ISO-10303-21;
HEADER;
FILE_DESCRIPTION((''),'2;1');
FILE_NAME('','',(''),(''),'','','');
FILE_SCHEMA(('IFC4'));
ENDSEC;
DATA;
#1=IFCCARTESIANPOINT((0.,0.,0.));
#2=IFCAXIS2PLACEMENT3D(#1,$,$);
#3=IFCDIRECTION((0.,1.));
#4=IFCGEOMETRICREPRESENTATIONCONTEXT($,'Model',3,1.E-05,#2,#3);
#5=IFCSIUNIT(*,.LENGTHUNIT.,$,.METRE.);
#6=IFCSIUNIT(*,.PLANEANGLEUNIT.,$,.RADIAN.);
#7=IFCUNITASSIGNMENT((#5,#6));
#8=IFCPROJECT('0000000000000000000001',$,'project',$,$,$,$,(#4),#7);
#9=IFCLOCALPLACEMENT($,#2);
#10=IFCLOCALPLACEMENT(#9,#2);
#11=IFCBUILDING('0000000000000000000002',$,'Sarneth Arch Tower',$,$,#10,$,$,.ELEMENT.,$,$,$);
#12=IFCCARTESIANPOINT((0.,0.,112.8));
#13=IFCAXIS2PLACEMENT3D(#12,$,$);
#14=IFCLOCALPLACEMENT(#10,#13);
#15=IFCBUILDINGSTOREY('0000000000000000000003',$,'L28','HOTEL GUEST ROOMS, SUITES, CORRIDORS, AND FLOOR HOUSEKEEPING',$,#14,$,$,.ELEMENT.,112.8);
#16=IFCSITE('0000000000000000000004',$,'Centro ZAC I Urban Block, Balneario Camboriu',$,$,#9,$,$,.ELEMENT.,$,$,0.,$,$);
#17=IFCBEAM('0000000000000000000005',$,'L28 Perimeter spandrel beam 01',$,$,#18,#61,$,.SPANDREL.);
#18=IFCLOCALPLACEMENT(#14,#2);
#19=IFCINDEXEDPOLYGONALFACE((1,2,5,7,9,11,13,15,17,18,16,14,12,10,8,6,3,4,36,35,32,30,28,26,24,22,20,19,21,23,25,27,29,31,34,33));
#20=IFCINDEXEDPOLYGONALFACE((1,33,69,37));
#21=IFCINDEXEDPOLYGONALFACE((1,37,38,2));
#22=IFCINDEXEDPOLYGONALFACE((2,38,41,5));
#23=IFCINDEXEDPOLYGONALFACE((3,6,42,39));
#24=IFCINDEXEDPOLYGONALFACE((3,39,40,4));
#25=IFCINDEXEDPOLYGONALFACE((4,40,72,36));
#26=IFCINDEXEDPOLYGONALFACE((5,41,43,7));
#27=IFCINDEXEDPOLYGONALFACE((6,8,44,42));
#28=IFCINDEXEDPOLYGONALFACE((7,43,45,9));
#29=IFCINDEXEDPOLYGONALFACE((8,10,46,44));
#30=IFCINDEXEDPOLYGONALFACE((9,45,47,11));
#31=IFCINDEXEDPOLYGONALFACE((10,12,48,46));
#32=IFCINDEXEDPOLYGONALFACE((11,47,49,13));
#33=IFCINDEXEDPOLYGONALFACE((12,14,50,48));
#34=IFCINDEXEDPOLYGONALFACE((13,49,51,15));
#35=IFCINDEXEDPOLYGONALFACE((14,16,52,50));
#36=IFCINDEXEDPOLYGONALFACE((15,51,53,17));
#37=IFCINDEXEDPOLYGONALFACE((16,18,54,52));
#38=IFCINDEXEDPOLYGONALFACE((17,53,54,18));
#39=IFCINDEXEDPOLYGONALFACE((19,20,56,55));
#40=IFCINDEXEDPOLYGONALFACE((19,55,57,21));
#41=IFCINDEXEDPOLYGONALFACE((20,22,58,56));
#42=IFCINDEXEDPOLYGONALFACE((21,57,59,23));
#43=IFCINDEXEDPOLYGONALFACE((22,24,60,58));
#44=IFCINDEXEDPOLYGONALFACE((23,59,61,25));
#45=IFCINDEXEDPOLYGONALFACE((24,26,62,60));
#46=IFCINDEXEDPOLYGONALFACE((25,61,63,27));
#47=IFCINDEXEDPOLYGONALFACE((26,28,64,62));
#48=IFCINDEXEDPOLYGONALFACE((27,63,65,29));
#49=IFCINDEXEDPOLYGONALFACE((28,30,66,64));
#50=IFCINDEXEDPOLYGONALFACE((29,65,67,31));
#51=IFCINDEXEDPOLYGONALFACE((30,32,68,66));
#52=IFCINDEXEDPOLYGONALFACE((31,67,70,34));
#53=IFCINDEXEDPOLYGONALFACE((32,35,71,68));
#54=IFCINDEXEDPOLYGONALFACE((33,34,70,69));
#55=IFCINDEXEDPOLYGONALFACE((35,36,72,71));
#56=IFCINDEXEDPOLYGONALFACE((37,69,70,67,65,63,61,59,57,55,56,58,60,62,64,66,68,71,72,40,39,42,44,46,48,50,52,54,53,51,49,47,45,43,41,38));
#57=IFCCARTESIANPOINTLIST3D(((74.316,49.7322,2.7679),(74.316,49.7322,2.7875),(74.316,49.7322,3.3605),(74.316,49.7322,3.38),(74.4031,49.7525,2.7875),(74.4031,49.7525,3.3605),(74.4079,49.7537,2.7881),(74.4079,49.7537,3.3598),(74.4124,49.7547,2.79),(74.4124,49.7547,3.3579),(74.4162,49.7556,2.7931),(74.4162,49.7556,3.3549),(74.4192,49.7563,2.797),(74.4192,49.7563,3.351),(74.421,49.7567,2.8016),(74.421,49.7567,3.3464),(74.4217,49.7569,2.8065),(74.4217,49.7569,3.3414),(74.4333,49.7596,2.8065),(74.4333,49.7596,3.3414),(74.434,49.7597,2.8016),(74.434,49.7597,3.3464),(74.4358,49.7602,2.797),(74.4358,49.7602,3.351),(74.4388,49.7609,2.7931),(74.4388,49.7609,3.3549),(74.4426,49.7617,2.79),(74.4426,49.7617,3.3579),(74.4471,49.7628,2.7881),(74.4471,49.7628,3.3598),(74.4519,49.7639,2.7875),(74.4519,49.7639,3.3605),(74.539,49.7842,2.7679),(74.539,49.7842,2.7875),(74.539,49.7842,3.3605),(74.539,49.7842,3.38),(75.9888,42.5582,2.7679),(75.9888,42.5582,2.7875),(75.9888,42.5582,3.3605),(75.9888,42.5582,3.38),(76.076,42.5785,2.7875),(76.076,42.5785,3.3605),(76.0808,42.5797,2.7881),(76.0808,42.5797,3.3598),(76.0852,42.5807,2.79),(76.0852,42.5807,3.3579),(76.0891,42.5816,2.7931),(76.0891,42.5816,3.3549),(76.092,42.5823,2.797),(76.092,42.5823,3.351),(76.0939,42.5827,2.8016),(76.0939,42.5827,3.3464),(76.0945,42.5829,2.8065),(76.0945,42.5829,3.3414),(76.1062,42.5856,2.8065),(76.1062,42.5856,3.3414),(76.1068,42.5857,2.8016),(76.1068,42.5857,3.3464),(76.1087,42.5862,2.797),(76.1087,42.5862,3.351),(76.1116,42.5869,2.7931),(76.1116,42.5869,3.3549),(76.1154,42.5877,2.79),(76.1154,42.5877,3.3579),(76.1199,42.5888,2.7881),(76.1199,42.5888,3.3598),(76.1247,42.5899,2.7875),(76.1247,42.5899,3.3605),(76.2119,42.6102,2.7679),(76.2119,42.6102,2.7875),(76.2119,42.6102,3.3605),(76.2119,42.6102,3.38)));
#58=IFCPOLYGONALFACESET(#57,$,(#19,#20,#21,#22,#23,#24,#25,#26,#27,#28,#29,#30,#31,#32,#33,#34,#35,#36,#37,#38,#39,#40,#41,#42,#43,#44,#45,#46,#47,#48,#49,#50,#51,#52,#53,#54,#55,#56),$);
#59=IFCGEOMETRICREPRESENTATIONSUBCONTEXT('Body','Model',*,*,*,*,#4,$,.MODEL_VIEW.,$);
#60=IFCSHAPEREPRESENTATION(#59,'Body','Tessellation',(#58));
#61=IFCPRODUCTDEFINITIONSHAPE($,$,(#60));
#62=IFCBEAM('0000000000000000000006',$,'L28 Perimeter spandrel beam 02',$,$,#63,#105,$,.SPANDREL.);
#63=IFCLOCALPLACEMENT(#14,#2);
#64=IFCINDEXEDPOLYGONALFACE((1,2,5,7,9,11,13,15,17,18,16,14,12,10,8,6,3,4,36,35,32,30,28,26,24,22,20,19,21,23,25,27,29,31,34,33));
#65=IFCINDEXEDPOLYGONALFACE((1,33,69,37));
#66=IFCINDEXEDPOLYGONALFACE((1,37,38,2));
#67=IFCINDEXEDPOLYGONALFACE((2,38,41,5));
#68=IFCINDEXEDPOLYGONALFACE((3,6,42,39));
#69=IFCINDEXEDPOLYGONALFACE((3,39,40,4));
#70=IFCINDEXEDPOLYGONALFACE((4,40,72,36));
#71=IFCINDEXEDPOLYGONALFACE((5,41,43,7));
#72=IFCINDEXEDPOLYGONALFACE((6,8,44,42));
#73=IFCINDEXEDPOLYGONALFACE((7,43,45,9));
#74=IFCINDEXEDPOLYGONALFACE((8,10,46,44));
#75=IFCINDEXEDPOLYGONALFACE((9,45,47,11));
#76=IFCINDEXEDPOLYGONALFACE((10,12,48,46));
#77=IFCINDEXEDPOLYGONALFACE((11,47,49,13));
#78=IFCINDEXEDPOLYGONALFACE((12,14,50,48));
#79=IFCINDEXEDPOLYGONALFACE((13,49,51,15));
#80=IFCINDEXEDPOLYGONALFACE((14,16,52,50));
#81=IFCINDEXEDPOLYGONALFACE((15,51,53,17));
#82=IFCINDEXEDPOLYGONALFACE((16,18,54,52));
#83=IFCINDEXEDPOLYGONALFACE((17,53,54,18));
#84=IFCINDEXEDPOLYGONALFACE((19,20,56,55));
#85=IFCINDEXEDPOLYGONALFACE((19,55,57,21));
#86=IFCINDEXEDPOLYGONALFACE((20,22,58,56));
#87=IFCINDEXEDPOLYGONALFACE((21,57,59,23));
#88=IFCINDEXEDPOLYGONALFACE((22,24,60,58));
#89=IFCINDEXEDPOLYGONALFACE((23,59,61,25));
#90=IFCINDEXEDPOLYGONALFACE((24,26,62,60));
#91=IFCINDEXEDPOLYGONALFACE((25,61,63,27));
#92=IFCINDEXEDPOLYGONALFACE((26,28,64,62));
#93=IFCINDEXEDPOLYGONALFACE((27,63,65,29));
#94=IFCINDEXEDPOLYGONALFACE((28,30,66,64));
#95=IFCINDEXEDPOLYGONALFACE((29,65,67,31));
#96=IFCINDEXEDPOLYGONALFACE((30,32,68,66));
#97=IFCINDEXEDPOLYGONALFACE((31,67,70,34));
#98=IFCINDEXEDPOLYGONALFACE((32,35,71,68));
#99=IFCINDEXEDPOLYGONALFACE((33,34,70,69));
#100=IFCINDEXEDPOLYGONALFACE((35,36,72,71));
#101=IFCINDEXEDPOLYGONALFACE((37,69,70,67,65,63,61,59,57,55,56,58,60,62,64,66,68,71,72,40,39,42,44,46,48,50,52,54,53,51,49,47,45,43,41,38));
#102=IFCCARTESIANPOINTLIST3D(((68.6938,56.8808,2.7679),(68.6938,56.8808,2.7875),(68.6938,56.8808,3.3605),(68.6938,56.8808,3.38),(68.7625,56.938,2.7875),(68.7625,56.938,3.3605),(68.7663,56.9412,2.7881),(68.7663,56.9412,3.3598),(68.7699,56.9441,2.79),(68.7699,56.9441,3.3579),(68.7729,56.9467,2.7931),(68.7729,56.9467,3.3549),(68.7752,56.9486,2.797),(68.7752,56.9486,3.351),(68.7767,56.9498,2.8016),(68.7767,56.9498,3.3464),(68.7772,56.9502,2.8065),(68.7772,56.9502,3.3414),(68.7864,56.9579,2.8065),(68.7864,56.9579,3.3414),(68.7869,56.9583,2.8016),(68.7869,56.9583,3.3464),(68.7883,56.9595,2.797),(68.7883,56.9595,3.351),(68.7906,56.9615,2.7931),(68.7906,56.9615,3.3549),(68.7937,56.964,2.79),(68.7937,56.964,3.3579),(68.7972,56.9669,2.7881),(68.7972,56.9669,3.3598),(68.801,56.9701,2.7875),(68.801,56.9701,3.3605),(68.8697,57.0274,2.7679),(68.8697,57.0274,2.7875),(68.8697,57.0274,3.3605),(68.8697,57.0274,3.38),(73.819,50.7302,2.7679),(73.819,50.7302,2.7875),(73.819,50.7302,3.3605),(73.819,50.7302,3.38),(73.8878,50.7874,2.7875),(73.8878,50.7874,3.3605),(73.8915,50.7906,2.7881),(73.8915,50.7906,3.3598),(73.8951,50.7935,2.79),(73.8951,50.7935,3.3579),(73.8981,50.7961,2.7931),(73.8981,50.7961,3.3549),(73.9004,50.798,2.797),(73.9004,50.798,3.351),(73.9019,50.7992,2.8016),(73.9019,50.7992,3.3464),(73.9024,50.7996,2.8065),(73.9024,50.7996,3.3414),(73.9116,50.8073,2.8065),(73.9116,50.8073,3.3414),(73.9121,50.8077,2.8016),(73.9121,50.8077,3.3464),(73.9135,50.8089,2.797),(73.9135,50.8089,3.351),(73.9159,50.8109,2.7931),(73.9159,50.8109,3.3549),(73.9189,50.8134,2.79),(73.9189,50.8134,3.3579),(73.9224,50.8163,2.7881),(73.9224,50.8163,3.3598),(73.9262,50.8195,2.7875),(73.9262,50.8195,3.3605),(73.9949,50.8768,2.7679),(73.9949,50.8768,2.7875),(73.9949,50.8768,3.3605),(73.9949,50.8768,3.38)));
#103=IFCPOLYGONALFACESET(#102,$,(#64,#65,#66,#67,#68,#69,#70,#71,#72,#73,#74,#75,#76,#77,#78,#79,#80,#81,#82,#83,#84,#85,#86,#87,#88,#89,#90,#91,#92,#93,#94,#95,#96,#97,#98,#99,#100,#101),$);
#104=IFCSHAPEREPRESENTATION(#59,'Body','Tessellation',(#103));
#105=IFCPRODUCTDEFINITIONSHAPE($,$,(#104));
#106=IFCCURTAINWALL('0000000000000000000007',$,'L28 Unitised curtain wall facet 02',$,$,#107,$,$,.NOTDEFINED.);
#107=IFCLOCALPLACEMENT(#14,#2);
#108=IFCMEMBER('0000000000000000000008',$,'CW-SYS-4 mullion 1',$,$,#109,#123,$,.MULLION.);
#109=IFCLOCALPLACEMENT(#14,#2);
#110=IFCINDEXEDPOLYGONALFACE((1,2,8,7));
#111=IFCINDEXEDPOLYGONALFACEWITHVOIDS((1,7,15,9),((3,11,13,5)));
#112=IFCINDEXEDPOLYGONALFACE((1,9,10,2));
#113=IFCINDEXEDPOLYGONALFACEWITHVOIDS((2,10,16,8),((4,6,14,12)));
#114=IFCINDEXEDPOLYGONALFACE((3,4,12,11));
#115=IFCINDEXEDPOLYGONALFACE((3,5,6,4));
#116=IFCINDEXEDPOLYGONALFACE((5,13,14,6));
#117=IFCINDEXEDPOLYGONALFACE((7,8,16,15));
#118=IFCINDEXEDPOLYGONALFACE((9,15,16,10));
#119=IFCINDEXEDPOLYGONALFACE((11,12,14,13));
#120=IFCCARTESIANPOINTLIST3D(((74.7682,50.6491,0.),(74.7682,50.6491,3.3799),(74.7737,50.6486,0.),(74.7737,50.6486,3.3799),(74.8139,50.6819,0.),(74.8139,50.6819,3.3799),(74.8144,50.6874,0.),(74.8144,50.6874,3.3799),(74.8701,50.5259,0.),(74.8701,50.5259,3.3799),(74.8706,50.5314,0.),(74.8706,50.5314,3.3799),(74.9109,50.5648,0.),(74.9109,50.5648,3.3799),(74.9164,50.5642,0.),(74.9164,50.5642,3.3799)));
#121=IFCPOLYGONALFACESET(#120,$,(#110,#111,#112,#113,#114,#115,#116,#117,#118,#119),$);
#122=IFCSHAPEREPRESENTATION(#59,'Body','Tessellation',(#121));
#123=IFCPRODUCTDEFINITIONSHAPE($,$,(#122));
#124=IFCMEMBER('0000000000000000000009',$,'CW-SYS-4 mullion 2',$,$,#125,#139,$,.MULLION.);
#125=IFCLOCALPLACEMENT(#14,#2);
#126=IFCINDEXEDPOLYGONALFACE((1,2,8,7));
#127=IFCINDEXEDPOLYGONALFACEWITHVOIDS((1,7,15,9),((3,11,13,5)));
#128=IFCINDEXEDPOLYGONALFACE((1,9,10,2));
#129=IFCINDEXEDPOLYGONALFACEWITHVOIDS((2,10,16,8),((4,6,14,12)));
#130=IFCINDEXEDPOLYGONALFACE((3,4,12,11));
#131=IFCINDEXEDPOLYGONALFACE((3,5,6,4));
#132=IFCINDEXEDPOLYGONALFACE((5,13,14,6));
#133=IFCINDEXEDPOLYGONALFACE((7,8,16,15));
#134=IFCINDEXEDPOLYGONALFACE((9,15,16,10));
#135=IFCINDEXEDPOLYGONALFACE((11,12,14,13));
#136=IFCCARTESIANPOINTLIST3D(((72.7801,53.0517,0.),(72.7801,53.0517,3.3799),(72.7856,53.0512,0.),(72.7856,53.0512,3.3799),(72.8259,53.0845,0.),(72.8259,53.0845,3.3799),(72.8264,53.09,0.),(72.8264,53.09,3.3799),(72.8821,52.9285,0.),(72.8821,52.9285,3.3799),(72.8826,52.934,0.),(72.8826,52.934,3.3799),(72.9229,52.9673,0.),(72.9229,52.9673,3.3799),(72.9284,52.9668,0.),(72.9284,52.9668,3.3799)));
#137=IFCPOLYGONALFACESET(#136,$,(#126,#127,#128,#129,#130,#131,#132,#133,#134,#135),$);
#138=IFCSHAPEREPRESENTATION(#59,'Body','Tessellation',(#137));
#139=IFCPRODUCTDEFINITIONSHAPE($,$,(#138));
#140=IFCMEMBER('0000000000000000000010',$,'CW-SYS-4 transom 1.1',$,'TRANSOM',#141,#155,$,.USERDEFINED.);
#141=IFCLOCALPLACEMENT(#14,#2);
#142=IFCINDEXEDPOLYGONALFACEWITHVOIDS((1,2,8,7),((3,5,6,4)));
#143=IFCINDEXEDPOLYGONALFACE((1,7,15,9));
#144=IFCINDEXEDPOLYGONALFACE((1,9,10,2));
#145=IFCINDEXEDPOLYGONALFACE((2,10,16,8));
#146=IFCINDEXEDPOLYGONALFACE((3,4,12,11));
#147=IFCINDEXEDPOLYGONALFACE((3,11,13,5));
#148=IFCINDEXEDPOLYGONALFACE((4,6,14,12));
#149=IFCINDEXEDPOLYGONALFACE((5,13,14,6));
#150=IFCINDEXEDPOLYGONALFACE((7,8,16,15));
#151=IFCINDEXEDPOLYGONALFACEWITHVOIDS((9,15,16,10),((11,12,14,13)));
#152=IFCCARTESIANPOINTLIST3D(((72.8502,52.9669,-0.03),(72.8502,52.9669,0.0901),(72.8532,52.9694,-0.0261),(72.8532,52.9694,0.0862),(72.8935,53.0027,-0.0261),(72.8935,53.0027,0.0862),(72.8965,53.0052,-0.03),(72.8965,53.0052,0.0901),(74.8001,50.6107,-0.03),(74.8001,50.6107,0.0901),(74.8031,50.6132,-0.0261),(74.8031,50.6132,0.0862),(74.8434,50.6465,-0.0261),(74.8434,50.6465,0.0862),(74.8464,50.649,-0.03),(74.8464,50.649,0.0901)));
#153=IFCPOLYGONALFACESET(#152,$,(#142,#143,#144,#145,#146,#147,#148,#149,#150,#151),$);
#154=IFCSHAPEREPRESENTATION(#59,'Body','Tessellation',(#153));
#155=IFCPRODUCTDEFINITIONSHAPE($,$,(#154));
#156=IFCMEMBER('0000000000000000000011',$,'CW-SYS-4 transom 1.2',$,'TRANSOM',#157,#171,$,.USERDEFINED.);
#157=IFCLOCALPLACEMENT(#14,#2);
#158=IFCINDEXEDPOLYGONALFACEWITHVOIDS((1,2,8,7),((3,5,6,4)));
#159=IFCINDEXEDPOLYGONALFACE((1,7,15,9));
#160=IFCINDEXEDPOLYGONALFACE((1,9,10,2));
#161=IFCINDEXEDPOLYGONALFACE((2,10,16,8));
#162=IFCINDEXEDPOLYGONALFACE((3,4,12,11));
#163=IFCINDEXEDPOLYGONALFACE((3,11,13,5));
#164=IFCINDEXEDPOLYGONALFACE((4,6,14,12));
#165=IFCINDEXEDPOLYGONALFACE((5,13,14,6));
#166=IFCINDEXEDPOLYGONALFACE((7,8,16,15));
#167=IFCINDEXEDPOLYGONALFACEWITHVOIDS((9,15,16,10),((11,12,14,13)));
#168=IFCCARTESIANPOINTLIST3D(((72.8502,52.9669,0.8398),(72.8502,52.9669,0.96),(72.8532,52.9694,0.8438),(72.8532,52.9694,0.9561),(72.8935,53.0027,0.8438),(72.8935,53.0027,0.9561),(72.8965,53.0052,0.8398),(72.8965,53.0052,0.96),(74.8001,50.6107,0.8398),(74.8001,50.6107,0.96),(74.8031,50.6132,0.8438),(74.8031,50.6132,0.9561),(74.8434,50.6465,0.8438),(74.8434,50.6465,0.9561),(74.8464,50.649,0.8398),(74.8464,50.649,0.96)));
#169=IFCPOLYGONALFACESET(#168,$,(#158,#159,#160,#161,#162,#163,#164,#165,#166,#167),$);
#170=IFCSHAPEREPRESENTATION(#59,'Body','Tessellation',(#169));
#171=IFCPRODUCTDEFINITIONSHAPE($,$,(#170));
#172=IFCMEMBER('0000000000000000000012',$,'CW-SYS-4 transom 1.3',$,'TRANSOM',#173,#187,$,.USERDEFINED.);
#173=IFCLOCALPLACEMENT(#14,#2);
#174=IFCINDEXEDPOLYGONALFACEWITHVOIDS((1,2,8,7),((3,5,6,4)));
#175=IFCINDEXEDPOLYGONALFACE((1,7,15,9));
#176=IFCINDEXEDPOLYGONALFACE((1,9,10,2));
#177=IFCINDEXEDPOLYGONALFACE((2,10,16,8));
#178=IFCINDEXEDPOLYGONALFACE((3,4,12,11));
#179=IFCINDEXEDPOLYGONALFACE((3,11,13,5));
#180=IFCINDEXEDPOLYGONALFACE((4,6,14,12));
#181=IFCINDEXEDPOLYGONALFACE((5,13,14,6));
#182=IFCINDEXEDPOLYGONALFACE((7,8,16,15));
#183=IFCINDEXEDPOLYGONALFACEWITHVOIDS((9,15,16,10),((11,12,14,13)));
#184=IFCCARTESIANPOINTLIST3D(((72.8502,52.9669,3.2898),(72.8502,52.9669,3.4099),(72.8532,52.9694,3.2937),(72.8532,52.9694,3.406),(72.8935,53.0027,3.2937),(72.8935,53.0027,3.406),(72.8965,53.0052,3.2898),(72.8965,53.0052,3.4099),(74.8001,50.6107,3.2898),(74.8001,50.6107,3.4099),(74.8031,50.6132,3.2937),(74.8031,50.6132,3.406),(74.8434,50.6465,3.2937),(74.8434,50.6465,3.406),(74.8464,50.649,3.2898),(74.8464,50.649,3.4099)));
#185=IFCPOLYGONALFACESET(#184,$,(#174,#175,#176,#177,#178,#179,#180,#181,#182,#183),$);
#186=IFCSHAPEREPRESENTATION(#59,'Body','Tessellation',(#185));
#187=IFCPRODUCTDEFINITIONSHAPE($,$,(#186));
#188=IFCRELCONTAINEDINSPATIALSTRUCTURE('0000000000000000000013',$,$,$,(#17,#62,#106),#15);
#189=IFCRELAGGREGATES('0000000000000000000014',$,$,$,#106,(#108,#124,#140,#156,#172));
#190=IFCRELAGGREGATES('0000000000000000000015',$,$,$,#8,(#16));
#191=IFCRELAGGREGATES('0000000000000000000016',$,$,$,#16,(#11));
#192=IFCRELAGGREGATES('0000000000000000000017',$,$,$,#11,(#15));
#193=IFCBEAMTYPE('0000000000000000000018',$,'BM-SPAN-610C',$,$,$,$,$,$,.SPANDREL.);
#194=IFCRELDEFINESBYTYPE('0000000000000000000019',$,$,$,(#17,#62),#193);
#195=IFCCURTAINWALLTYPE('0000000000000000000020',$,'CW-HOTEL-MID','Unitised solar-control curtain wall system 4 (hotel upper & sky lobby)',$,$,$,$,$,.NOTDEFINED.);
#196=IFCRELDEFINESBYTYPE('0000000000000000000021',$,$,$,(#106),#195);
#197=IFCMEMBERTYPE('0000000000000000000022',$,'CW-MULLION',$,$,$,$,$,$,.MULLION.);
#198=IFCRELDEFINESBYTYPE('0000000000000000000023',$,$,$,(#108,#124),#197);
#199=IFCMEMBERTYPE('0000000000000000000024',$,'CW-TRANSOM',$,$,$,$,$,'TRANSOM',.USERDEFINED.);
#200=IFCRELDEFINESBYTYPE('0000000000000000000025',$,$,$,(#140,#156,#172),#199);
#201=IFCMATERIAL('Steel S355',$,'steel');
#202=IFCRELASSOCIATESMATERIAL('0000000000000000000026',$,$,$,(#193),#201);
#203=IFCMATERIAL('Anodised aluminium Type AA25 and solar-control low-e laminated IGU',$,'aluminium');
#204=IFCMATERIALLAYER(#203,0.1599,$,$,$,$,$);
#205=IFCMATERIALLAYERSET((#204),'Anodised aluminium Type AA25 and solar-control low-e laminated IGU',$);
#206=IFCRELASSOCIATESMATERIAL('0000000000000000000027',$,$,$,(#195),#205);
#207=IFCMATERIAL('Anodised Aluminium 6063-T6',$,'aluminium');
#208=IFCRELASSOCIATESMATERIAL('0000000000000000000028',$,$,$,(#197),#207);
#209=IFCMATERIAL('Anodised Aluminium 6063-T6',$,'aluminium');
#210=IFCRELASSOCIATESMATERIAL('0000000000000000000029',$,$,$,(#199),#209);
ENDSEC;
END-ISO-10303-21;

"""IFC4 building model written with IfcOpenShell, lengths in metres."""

from ifc_helpers import new_model, si_unit, direction, frame, origin, origin_2d, place, context, subcontext, project, spatial, hollow_rectangle, i_section, extrude, material, layer, layer_set, material_profile, profile_set, type_object, element, aggregate, save


model = new_model("IFC4")

# Units and contexts
model_context = context("Model", 3, precision=1e-05, world=origin(), true_north=direction((0.0, 1.0)))
body_context = subcontext(model_context, "Body", "Model", "MODEL_VIEW")
ifc_project = project(units=[si_unit("LENGTHUNIT", "METRE"), si_unit("PLANEANGLEUNIT", "RADIAN")], contexts=[model_context])

# Site, building, storey
site_placement = place(None, origin())
site = spatial("IfcSite", under=ifc_project, at=site_placement, Name="Centro ZAC I Urban Block, Balneario Camboriu", CompositionType="ELEMENT", RefElevation=0.0)
building_placement = place(site_placement, origin())
building = spatial("IfcBuilding", under=site, at=building_placement, Name="Sarneth Arch Tower", CompositionType="ELEMENT")
storey_placement = place(building_placement, frame((0.0, 0.0, 112.8)))
storey = spatial("IfcBuildingStorey", under=building, at=storey_placement, Name="L28", Description="HOTEL GUEST ROOMS, SUITES, CORRIDORS, AND FLOOR HOUSEKEEPING", CompositionType="ELEMENT", Elevation=112.8)

# Beams
ifc_material_1 = material(Name="Steel S355", Category="steel")
ifc_material_profile_1 = material_profile(ifc_material_1, i_section(OverallWidth=0.229, OverallDepth=0.6121, WebThickness=0.012, FlangeThickness=0.0195, FilletRadius=0.019, at=origin_2d()), Name="W610x125")
ifc_profile_set_1 = profile_set([ifc_material_profile_1], Name="Steel S355")
beam_type = type_object("IfcBeamType", Name="BM-SPAN-610C", PredefinedType="SPANDREL", material=ifc_profile_set_1)
beam_1_placement = place(storey_placement, frame((76.1003, 42.5842, 3.074), z_axis=(-0.227088, 0.973874, 0.0), x_axis=(-0.973874, -0.227088, 0.0)))
element("IfcBeam", 1, at=beam_1_placement, inside=storey, type_object=beam_type, Name="L28 Perimeter spandrel beam 01", PredefinedType="SPANDREL", context=body_context, shape_type="SweptSolid", body=[
    extrude(i_section(OverallWidth=0.229, OverallDepth=0.6121, WebThickness=0.012, FlangeThickness=0.0195, FilletRadius=0.019, at=origin_2d()), origin(), (0.0, 0.0, 1.0), 7.3665),
])
beam_2_placement = place(storey_placement, frame((73.907, 50.8035, 3.074), z_axis=(-0.640163, 0.768239, 0.0), x_axis=(-0.768239, -0.640163, 0.0)))
element("IfcBeam", 2, at=beam_2_placement, inside=storey, type_object=beam_type, Name="L28 Perimeter spandrel beam 02", PredefinedType="SPANDREL", context=body_context, shape_type="SweptSolid", body=[
    extrude(i_section(OverallWidth=0.229, OverallDepth=0.6121, WebThickness=0.012, FlangeThickness=0.0195, FilletRadius=0.019, at=origin_2d()), origin(), (0.0, 0.0, 1.0), 8.0061),
])

# Curtain wall, members
ifc_material_2 = material(Name="Anodised aluminium Type AA25 and solar-control low-e laminated IGU", Category="aluminium")
ifc_layer_1 = layer(ifc_material_2, 0.1599)
ifc_layer_set_1 = layer_set([ifc_layer_1], Name="Anodised aluminium Type AA25 and solar-control low-e laminated IGU")
curtain_wall_type = type_object("IfcCurtainWallType", Name="CW-HOTEL-MID", Description="Unitised solar-control curtain wall system 4 (hotel upper & sky lobby)", PredefinedType="NOTDEFINED", material=ifc_layer_set_1)
curtain_wall_placement = place(storey_placement, origin())
curtain_wall = element("IfcCurtainWall", 3, at=curtain_wall_placement, inside=storey, type_object=curtain_wall_type, Name="L28 Unitised curtain wall facet 02", PredefinedType="NOTDEFINED")
ifc_material_3 = material(Name="Anodised Aluminium 6063-T6", Category="aluminium")
ifc_material_profile_2 = material_profile(ifc_material_3, hollow_rectangle(XDim=0.0601, YDim=0.1599, WallThickness=0.0039, at=origin_2d()), Name="AL-MULL-160x60x4")
ifc_profile_set_2 = profile_set([ifc_material_profile_2], Name="Anodised Aluminium 6063-T6")
member_type_1 = type_object("IfcMemberType", Name="CW-MULLION", PredefinedType="MULLION", material=ifc_profile_set_2)
member_1_placement = place(storey_placement, frame((74.8423, 50.6067, 0.0), z_axis=(0.0, 0.0, 1.0), x_axis=(-0.770438, -0.637515, 0.0)))
member_1 = element("IfcMember", 4, at=member_1_placement, type_object=member_type_1, Name="CW-SYS-4 mullion 1", PredefinedType="MULLION", context=body_context, shape_type="SweptSolid", body=[
    extrude(hollow_rectangle(XDim=0.0601, YDim=0.1599, WallThickness=0.0039, at=origin_2d()), origin(), (0.0, 0.0, 1.0), 3.3799),
])
member_2_placement = place(storey_placement, frame((72.8542, 53.0093, 0.0), z_axis=(0.0, 0.0, 1.0), x_axis=(-0.770438, -0.637515, 0.0)))
member_2 = element("IfcMember", 5, at=member_2_placement, type_object=member_type_1, Name="CW-SYS-4 mullion 2", PredefinedType="MULLION", context=body_context, shape_type="SweptSolid", body=[
    extrude(hollow_rectangle(XDim=0.0601, YDim=0.1599, WallThickness=0.0039, at=origin_2d()), origin(), (0.0, 0.0, 1.0), 3.3799),
])
ifc_material_4 = material(Name="Anodised Aluminium 6063-T6", Category="aluminium")
ifc_material_profile_3 = material_profile(ifc_material_4, hollow_rectangle(XDim=0.0601, YDim=0.1201, WallThickness=0.0039, at=origin_2d()), Name="AL-TRAN-120x60x4")
ifc_profile_set_3 = profile_set([ifc_material_profile_3], Name="Anodised Aluminium 6063-T6")
member_type_2 = type_object("IfcMemberType", Name="CW-TRANSOM", ElementType="TRANSOM", PredefinedType="USERDEFINED", material=ifc_profile_set_3)
member_3_placement = place(storey_placement, frame((74.8232, 50.6299, 0.03), z_axis=(-0.637566, 0.770396, 0.0), x_axis=(-0.770396, -0.637566, 0.0)))
member_3 = element("IfcMember", 6, at=member_3_placement, type_object=member_type_2, Name="CW-SYS-4 transom 1.1", ObjectType="TRANSOM", PredefinedType="USERDEFINED", context=body_context, shape_type="SweptSolid", body=[
    extrude(hollow_rectangle(XDim=0.0601, YDim=0.1201, WallThickness=0.0039, at=origin_2d()), origin(), (0.0, 0.0, 1.0), 3.0583),
])
member_4_placement = place(storey_placement, frame((74.8232, 50.6299, 0.8999), z_axis=(-0.637566, 0.770396, 0.0), x_axis=(-0.770396, -0.637566, 0.0)))
member_4 = element("IfcMember", 7, at=member_4_placement, type_object=member_type_2, Name="CW-SYS-4 transom 1.2", ObjectType="TRANSOM", PredefinedType="USERDEFINED", context=body_context, shape_type="SweptSolid", body=[
    extrude(hollow_rectangle(XDim=0.0601, YDim=0.1201, WallThickness=0.0039, at=origin_2d()), origin(), (0.0, 0.0, 1.0), 3.0583),
])
member_5_placement = place(storey_placement, frame((74.8232, 50.6299, 3.3499), z_axis=(-0.637566, 0.770396, 0.0), x_axis=(-0.770396, -0.637566, 0.0)))
member_5 = element("IfcMember", 8, at=member_5_placement, type_object=member_type_2, Name="CW-SYS-4 transom 1.3", ObjectType="TRANSOM", PredefinedType="USERDEFINED", context=body_context, shape_type="SweptSolid", body=[
    extrude(hollow_rectangle(XDim=0.0601, YDim=0.1201, WallThickness=0.0039, at=origin_2d()), origin(), (0.0, 0.0, 1.0), 3.0583),
])

aggregate(curtain_wall, [member_1, member_2, member_3, member_4, member_5])

save(model, "model.ifc")
